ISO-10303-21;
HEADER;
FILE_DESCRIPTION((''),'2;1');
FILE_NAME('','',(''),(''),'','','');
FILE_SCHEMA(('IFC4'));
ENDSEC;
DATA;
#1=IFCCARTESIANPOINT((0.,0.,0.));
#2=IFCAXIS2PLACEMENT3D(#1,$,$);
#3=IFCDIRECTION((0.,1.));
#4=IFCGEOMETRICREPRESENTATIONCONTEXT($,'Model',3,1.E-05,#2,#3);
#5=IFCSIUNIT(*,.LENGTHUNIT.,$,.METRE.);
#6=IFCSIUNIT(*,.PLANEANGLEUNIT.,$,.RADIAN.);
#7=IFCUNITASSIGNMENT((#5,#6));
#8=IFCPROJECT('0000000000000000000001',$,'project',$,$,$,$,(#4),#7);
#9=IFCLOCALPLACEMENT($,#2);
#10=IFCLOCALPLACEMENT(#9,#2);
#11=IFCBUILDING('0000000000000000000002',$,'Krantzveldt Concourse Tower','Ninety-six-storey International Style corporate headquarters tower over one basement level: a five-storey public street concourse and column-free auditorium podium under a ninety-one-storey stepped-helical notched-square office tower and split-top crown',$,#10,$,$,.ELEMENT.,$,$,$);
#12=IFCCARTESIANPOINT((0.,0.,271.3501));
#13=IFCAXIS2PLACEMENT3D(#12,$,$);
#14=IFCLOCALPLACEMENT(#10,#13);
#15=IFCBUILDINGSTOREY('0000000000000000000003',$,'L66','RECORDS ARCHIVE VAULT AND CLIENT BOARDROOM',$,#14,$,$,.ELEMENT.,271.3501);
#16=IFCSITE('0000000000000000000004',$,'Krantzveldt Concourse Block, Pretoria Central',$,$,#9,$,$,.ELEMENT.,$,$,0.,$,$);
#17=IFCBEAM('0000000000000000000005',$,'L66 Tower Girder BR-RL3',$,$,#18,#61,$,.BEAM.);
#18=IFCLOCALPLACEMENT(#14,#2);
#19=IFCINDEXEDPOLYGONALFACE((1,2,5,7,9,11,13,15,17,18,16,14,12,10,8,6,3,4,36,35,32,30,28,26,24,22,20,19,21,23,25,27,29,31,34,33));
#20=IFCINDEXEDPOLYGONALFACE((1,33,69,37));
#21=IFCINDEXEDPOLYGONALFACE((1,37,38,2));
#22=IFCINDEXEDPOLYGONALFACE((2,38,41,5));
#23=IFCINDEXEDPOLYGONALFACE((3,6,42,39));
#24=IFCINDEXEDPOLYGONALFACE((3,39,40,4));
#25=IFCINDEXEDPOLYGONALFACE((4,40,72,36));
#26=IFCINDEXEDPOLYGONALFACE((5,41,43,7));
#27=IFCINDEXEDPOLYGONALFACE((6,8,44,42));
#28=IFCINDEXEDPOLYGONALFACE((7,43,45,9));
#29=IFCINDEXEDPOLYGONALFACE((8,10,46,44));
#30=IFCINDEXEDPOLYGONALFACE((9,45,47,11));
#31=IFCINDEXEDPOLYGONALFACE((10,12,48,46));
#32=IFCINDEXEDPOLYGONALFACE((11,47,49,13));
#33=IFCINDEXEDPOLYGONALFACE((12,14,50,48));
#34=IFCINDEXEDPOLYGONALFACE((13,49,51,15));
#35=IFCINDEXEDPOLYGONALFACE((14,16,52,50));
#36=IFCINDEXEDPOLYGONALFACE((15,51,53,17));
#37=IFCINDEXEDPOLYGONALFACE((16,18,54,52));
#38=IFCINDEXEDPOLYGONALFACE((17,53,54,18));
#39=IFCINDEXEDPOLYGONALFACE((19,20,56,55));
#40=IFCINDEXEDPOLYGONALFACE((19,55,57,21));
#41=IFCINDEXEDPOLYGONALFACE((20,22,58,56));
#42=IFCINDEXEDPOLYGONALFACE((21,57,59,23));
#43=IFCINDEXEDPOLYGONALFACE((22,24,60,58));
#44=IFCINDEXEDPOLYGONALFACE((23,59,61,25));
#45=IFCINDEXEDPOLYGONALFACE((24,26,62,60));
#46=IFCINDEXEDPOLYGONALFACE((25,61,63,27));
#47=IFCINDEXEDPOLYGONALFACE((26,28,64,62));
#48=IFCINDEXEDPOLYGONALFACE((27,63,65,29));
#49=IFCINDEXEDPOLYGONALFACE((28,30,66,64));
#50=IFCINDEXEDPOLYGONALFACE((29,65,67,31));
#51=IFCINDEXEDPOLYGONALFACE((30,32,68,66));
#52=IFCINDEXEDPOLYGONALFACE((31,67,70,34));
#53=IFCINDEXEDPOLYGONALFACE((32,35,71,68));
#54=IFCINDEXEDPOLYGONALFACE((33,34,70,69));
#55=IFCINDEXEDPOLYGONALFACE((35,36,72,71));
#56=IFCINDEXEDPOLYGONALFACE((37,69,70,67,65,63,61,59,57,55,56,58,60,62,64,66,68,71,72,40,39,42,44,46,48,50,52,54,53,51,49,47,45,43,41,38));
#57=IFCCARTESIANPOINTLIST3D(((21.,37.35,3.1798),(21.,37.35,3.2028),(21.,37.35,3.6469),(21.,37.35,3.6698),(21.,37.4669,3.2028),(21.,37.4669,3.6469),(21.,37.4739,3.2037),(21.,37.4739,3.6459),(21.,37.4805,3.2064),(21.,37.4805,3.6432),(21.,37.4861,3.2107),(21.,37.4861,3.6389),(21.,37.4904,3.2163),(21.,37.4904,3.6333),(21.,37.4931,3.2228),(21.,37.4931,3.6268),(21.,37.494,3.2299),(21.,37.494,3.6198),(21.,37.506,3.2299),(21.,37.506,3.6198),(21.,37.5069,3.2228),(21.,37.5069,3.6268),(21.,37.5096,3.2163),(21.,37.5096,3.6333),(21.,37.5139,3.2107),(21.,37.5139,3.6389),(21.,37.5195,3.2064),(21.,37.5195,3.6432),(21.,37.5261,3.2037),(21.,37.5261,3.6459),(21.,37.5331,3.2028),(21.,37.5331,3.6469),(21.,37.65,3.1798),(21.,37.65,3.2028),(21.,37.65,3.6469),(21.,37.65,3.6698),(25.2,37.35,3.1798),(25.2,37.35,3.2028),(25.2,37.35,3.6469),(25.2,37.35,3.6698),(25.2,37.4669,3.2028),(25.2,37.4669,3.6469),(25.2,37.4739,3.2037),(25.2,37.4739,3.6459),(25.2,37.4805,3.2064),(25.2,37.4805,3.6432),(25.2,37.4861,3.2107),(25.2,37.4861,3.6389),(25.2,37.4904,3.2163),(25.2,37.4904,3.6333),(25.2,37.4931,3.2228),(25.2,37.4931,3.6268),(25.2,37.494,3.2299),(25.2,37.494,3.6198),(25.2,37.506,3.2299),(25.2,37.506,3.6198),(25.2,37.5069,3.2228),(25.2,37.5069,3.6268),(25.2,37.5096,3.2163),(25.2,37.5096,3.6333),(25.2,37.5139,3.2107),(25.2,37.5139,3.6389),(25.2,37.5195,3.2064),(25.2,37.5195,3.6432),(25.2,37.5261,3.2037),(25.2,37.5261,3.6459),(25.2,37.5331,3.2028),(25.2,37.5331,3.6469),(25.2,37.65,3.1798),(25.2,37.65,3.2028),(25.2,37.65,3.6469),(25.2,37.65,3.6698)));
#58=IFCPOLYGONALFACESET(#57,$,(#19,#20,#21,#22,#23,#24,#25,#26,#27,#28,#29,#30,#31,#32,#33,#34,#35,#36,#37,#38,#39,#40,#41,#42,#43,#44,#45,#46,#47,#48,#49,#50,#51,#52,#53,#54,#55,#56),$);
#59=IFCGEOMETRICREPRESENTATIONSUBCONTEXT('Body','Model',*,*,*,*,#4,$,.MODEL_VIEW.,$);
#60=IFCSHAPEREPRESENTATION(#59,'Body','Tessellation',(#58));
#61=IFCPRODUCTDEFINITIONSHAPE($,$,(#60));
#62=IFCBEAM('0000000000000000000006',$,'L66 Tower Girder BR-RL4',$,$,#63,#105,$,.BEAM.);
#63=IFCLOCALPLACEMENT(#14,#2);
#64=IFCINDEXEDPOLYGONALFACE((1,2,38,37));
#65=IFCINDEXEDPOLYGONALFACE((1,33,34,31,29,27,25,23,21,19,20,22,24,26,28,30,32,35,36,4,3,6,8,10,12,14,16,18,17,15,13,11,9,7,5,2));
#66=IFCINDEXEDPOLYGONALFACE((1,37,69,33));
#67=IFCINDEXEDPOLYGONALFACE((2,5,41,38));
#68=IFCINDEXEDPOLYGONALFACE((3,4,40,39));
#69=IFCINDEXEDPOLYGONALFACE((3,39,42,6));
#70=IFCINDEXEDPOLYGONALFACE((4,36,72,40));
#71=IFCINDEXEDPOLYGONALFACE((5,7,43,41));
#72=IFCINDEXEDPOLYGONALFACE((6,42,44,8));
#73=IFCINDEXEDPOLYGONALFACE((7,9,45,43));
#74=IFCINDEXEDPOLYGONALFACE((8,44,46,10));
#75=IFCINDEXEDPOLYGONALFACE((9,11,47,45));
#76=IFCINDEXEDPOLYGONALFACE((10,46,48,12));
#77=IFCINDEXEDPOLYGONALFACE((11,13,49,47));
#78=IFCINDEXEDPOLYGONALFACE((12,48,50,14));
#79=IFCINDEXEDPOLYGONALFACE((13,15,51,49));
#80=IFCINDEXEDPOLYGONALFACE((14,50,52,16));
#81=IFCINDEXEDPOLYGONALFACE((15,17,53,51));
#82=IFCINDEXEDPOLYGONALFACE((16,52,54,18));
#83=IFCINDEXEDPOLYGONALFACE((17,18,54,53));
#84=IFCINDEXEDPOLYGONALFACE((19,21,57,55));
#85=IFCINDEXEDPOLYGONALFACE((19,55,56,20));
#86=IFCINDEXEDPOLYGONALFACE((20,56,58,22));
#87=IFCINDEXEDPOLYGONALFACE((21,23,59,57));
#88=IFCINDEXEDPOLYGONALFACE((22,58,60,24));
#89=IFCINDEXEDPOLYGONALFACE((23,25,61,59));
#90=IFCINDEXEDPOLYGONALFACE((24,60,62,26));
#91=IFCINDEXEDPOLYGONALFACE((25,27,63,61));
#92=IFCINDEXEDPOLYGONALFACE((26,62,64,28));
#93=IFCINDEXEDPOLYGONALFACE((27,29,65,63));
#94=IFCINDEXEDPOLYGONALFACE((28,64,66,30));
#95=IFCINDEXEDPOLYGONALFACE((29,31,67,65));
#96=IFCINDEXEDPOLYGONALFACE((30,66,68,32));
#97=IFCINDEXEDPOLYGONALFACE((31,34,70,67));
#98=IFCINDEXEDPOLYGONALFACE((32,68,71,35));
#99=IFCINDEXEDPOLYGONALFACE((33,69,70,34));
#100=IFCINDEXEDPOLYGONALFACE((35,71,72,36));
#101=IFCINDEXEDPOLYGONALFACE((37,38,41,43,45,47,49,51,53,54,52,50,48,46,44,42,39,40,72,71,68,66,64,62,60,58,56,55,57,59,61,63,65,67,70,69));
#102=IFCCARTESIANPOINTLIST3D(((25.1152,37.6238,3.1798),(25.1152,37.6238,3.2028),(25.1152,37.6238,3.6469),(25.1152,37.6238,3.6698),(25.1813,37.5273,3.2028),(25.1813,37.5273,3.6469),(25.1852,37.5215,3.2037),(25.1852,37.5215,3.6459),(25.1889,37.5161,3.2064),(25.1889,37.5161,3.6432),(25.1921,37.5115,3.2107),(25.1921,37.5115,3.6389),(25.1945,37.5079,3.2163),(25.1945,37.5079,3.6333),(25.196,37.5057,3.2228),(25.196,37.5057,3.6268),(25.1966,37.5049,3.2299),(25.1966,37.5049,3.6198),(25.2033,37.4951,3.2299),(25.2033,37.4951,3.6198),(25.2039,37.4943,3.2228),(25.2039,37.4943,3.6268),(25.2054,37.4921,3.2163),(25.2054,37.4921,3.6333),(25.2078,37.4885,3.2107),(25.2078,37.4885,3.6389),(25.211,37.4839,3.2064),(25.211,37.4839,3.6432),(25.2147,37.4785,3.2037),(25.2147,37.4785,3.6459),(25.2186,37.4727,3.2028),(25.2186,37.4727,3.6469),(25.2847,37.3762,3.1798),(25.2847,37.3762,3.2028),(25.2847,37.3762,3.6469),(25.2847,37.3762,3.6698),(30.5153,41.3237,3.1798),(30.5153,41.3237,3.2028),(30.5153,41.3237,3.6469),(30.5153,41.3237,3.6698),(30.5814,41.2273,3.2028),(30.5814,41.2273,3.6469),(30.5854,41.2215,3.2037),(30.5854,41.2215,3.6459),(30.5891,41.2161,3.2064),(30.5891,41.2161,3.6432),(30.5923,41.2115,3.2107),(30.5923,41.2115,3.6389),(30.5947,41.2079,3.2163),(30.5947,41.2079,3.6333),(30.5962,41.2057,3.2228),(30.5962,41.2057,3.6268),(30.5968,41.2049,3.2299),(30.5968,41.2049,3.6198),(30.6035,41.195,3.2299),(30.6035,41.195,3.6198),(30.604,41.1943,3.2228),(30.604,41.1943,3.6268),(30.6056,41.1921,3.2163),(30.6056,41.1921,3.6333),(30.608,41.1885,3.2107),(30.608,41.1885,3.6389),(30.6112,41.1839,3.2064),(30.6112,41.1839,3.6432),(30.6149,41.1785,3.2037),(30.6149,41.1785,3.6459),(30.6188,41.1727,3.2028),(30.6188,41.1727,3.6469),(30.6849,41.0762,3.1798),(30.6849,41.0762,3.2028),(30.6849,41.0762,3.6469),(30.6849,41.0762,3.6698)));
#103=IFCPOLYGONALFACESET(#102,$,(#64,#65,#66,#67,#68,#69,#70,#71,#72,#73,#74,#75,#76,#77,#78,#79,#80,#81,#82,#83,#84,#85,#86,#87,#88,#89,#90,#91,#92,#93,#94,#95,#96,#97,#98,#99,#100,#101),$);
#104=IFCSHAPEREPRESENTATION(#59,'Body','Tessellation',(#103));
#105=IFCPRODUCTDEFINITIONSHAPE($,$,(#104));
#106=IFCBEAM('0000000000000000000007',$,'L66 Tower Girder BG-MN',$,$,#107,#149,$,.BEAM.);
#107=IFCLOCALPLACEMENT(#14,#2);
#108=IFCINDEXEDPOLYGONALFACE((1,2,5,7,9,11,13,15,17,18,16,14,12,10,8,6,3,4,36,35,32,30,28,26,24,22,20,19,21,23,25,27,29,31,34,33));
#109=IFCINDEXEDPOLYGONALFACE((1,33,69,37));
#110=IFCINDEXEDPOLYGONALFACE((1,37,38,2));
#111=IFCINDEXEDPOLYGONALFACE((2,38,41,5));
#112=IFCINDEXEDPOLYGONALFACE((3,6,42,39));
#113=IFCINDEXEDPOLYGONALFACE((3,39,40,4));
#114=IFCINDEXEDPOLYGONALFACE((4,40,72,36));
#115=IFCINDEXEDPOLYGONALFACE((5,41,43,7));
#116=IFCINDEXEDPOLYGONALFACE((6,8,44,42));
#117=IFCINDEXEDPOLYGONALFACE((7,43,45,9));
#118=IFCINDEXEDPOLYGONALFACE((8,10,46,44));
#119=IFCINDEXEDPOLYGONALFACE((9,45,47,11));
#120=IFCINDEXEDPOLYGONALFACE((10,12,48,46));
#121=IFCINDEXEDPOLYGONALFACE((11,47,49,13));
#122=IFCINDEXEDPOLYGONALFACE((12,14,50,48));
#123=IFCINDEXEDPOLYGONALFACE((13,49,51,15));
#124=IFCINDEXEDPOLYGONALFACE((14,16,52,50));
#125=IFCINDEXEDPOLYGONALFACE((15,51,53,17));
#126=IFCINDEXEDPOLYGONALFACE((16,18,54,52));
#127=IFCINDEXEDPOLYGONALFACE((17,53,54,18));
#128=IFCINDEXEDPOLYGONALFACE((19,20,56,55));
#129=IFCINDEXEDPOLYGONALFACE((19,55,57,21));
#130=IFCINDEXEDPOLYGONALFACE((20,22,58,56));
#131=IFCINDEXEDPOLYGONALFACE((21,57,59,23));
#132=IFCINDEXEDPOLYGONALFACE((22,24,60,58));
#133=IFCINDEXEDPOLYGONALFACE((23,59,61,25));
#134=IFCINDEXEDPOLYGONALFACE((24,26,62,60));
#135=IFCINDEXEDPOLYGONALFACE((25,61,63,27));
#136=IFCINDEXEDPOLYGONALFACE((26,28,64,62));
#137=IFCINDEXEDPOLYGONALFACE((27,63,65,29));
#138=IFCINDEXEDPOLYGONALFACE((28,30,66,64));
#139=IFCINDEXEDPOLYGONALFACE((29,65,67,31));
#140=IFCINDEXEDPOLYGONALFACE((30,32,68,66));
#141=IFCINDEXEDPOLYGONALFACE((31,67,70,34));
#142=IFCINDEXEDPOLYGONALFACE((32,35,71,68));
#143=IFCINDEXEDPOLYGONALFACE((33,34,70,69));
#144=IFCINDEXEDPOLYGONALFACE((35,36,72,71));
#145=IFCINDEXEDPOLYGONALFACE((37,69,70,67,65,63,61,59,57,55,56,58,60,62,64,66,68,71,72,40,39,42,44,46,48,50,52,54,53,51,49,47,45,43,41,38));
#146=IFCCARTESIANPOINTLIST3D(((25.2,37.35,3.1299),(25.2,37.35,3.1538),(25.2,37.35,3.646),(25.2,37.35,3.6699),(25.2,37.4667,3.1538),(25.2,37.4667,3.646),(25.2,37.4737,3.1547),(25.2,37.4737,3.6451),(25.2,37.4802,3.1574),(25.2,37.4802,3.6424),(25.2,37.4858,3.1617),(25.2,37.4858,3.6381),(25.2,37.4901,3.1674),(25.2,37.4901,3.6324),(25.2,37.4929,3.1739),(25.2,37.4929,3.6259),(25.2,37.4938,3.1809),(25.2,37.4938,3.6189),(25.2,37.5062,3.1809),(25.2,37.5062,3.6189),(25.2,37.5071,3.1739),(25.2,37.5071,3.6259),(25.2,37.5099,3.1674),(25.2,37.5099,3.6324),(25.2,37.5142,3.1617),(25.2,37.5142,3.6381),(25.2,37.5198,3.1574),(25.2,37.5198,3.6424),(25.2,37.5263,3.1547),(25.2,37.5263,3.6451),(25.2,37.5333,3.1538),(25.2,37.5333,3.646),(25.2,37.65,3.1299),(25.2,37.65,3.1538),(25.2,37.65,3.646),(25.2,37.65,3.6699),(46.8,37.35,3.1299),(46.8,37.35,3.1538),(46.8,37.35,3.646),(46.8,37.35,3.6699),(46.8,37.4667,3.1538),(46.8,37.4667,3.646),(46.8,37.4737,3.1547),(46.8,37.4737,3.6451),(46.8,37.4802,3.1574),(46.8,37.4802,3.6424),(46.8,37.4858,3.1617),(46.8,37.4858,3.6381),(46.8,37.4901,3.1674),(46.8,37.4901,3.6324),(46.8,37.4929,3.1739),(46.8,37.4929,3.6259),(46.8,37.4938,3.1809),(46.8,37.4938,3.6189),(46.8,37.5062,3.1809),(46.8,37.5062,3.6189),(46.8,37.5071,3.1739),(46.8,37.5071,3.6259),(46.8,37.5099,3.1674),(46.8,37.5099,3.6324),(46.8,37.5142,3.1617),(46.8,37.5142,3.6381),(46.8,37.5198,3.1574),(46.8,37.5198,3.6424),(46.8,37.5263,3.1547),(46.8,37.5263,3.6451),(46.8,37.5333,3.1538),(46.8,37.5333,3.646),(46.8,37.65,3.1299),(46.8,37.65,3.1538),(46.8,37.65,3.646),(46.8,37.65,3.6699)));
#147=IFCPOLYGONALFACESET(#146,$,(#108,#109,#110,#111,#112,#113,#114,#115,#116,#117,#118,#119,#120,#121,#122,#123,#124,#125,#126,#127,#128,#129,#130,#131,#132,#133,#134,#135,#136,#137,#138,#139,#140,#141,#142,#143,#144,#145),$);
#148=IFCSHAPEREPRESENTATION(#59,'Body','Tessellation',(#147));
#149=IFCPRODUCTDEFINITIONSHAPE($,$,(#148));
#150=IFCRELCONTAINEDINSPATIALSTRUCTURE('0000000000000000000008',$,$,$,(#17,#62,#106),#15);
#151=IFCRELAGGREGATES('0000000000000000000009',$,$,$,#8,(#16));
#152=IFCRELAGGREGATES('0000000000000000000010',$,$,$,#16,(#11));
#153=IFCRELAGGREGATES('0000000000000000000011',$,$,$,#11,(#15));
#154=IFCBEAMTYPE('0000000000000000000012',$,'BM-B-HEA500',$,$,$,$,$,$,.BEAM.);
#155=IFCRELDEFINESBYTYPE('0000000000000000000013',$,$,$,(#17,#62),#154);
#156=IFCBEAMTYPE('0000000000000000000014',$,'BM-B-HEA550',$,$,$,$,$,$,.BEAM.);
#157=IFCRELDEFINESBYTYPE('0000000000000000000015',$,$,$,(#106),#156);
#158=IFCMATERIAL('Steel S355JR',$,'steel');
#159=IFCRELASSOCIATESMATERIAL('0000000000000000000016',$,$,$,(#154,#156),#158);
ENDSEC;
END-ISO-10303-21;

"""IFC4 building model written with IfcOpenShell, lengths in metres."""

from ifc_helpers import new_model, si_unit, direction, frame, origin, origin_2d, place, context, subcontext, project, spatial, i_section, extrude, source, transform, mapped, material, material_profile, profile_set, type_object, type_shapes, element, save


model = new_model("IFC4")

# Units and contexts
model_context = context("Model", 3, precision=1e-05, world=origin(), true_north=direction((0.0, 1.0)))
body_context = subcontext(model_context, "Body", "Model", "MODEL_VIEW")
ifc_project = project(units=[si_unit("LENGTHUNIT", "METRE"), si_unit("PLANEANGLEUNIT", "RADIAN")], contexts=[model_context])

# Site, building, storey
site_placement = place(None, origin())
site = spatial("IfcSite", under=ifc_project, at=site_placement, Name="Krantzveldt Concourse Block, Pretoria Central", CompositionType="ELEMENT", RefElevation=0.0)
building_placement = place(site_placement, origin())
building = spatial("IfcBuilding", under=site, at=building_placement, Name="Krantzveldt Concourse Tower", Description="Ninety-six-storey International Style corporate headquarters tower over one basement level: a five-storey public street concourse and column-free auditorium podium under a ninety-one-storey stepped-helical notched-square office tower and split-top crown", CompositionType="ELEMENT")
storey_placement = place(building_placement, frame((0.0, 0.0, 271.3501)))
storey = spatial("IfcBuildingStorey", under=building, at=storey_placement, Name="L66", Description="RECORDS ARCHIVE VAULT AND CLIENT BOARDROOM", CompositionType="ELEMENT", Elevation=271.3501)

# Beams
ifc_material_1 = material(Name="Steel S355JR", Category="steel")
ifc_material_profile_1 = material_profile(ifc_material_1, i_section(OverallWidth=0.3, OverallDepth=0.49, WebThickness=0.012, FlangeThickness=0.0229, FilletRadius=0.0271, at=origin_2d()), Name="Steel S355JR", Category="steel")
ifc_profile_set_1 = profile_set([ifc_material_profile_1], Name="Steel S355JR - HEA 500")
beam_type_1 = type_object("IfcBeamType", Name="BM-B-HEA500", PredefinedType="BEAM", material=ifc_profile_set_1)
shared_shape_1 = source(origin(), body_context, "Body", "SweptSolid", [
    extrude(i_section(OverallWidth=0.3, OverallDepth=0.49, WebThickness=0.012, FlangeThickness=0.0229, FilletRadius=0.0271, at=origin_2d()), origin(), (0.0, 0.0, 1.0), 4.2),
])
beam_1_placement = place(storey_placement, frame((21.0, 37.5, 3.4248), z_axis=(1.0, 0.0, 0.0), x_axis=(0.0, 1.0, 0.0)))
element("IfcBeam", 1, at=beam_1_placement, inside=storey, type_object=beam_type_1, Name="L66 Tower Girder BR-RL3", PredefinedType="BEAM", context=body_context, shape_type="MappedRepresentation", body=[
    mapped(shared_shape_1, transform((0.0, 0.0, 0.0), x_axis=(1.0, 0.0, 0.0), y_axis=(0.0, 1.0, 0.0), z_axis=(0.0, 0.0, 1.0), scale=1.0)),
])
shared_shape_2 = source(origin(), body_context, "Body", "SweptSolid", [
    extrude(i_section(OverallWidth=0.3, OverallDepth=0.49, WebThickness=0.012, FlangeThickness=0.0229, FilletRadius=0.0271, at=origin_2d()), origin(), (0.0, 0.0, 1.0), 6.5461),
])
beam_2_placement = place(storey_placement, frame((25.2, 37.5, 3.4248), z_axis=(0.824943, 0.565216, 0.0), x_axis=(-0.565216, 0.824943, 0.0)))
element("IfcBeam", 2, at=beam_2_placement, inside=storey, type_object=beam_type_1, Name="L66 Tower Girder BR-RL4", PredefinedType="BEAM", context=body_context, shape_type="MappedRepresentation", body=[
    mapped(shared_shape_2, transform((0.0, 0.0, 0.0), x_axis=(1.0, 0.0, 0.0), y_axis=(0.0, 1.0, 0.0), z_axis=(0.0, 0.0, 1.0), scale=1.0)),
])
ifc_material_profile_2 = material_profile(ifc_material_1, i_section(OverallWidth=0.3, OverallDepth=0.54, WebThickness=0.0125, FlangeThickness=0.0239, FilletRadius=0.0271, at=origin_2d()), Name="Steel S355JR", Category="steel")
ifc_profile_set_2 = profile_set([ifc_material_profile_2], Name="Steel S355JR - HEA 550")
beam_type_2 = type_object("IfcBeamType", Name="BM-B-HEA550", PredefinedType="BEAM", material=ifc_profile_set_2)
shared_shape_3 = source(origin(), body_context, "Body", "SweptSolid", [
    extrude(i_section(OverallWidth=0.3, OverallDepth=0.54, WebThickness=0.0125, FlangeThickness=0.0239, FilletRadius=0.0271, at=origin_2d()), origin(), (0.0, 0.0, 1.0), 21.6001),
])
type_shapes(beam_type_2, [shared_shape_3])
beam_3_placement = place(storey_placement, frame((25.2, 37.5, 3.3999), z_axis=(1.0, 0.0, 0.0), x_axis=(0.0, 1.0, 0.0)))
element("IfcBeam", 3, at=beam_3_placement, inside=storey, type_object=beam_type_2, Name="L66 Tower Girder BG-MN", PredefinedType="BEAM", context=body_context, shape_type="MappedRepresentation", body=[
    mapped(shared_shape_3, transform((0.0, 0.0, 0.0), x_axis=(1.0, 0.0, 0.0), y_axis=(0.0, 1.0, 0.0), z_axis=(0.0, 0.0, 1.0), scale=1.0)),
])

save(model, "model.ifc")
